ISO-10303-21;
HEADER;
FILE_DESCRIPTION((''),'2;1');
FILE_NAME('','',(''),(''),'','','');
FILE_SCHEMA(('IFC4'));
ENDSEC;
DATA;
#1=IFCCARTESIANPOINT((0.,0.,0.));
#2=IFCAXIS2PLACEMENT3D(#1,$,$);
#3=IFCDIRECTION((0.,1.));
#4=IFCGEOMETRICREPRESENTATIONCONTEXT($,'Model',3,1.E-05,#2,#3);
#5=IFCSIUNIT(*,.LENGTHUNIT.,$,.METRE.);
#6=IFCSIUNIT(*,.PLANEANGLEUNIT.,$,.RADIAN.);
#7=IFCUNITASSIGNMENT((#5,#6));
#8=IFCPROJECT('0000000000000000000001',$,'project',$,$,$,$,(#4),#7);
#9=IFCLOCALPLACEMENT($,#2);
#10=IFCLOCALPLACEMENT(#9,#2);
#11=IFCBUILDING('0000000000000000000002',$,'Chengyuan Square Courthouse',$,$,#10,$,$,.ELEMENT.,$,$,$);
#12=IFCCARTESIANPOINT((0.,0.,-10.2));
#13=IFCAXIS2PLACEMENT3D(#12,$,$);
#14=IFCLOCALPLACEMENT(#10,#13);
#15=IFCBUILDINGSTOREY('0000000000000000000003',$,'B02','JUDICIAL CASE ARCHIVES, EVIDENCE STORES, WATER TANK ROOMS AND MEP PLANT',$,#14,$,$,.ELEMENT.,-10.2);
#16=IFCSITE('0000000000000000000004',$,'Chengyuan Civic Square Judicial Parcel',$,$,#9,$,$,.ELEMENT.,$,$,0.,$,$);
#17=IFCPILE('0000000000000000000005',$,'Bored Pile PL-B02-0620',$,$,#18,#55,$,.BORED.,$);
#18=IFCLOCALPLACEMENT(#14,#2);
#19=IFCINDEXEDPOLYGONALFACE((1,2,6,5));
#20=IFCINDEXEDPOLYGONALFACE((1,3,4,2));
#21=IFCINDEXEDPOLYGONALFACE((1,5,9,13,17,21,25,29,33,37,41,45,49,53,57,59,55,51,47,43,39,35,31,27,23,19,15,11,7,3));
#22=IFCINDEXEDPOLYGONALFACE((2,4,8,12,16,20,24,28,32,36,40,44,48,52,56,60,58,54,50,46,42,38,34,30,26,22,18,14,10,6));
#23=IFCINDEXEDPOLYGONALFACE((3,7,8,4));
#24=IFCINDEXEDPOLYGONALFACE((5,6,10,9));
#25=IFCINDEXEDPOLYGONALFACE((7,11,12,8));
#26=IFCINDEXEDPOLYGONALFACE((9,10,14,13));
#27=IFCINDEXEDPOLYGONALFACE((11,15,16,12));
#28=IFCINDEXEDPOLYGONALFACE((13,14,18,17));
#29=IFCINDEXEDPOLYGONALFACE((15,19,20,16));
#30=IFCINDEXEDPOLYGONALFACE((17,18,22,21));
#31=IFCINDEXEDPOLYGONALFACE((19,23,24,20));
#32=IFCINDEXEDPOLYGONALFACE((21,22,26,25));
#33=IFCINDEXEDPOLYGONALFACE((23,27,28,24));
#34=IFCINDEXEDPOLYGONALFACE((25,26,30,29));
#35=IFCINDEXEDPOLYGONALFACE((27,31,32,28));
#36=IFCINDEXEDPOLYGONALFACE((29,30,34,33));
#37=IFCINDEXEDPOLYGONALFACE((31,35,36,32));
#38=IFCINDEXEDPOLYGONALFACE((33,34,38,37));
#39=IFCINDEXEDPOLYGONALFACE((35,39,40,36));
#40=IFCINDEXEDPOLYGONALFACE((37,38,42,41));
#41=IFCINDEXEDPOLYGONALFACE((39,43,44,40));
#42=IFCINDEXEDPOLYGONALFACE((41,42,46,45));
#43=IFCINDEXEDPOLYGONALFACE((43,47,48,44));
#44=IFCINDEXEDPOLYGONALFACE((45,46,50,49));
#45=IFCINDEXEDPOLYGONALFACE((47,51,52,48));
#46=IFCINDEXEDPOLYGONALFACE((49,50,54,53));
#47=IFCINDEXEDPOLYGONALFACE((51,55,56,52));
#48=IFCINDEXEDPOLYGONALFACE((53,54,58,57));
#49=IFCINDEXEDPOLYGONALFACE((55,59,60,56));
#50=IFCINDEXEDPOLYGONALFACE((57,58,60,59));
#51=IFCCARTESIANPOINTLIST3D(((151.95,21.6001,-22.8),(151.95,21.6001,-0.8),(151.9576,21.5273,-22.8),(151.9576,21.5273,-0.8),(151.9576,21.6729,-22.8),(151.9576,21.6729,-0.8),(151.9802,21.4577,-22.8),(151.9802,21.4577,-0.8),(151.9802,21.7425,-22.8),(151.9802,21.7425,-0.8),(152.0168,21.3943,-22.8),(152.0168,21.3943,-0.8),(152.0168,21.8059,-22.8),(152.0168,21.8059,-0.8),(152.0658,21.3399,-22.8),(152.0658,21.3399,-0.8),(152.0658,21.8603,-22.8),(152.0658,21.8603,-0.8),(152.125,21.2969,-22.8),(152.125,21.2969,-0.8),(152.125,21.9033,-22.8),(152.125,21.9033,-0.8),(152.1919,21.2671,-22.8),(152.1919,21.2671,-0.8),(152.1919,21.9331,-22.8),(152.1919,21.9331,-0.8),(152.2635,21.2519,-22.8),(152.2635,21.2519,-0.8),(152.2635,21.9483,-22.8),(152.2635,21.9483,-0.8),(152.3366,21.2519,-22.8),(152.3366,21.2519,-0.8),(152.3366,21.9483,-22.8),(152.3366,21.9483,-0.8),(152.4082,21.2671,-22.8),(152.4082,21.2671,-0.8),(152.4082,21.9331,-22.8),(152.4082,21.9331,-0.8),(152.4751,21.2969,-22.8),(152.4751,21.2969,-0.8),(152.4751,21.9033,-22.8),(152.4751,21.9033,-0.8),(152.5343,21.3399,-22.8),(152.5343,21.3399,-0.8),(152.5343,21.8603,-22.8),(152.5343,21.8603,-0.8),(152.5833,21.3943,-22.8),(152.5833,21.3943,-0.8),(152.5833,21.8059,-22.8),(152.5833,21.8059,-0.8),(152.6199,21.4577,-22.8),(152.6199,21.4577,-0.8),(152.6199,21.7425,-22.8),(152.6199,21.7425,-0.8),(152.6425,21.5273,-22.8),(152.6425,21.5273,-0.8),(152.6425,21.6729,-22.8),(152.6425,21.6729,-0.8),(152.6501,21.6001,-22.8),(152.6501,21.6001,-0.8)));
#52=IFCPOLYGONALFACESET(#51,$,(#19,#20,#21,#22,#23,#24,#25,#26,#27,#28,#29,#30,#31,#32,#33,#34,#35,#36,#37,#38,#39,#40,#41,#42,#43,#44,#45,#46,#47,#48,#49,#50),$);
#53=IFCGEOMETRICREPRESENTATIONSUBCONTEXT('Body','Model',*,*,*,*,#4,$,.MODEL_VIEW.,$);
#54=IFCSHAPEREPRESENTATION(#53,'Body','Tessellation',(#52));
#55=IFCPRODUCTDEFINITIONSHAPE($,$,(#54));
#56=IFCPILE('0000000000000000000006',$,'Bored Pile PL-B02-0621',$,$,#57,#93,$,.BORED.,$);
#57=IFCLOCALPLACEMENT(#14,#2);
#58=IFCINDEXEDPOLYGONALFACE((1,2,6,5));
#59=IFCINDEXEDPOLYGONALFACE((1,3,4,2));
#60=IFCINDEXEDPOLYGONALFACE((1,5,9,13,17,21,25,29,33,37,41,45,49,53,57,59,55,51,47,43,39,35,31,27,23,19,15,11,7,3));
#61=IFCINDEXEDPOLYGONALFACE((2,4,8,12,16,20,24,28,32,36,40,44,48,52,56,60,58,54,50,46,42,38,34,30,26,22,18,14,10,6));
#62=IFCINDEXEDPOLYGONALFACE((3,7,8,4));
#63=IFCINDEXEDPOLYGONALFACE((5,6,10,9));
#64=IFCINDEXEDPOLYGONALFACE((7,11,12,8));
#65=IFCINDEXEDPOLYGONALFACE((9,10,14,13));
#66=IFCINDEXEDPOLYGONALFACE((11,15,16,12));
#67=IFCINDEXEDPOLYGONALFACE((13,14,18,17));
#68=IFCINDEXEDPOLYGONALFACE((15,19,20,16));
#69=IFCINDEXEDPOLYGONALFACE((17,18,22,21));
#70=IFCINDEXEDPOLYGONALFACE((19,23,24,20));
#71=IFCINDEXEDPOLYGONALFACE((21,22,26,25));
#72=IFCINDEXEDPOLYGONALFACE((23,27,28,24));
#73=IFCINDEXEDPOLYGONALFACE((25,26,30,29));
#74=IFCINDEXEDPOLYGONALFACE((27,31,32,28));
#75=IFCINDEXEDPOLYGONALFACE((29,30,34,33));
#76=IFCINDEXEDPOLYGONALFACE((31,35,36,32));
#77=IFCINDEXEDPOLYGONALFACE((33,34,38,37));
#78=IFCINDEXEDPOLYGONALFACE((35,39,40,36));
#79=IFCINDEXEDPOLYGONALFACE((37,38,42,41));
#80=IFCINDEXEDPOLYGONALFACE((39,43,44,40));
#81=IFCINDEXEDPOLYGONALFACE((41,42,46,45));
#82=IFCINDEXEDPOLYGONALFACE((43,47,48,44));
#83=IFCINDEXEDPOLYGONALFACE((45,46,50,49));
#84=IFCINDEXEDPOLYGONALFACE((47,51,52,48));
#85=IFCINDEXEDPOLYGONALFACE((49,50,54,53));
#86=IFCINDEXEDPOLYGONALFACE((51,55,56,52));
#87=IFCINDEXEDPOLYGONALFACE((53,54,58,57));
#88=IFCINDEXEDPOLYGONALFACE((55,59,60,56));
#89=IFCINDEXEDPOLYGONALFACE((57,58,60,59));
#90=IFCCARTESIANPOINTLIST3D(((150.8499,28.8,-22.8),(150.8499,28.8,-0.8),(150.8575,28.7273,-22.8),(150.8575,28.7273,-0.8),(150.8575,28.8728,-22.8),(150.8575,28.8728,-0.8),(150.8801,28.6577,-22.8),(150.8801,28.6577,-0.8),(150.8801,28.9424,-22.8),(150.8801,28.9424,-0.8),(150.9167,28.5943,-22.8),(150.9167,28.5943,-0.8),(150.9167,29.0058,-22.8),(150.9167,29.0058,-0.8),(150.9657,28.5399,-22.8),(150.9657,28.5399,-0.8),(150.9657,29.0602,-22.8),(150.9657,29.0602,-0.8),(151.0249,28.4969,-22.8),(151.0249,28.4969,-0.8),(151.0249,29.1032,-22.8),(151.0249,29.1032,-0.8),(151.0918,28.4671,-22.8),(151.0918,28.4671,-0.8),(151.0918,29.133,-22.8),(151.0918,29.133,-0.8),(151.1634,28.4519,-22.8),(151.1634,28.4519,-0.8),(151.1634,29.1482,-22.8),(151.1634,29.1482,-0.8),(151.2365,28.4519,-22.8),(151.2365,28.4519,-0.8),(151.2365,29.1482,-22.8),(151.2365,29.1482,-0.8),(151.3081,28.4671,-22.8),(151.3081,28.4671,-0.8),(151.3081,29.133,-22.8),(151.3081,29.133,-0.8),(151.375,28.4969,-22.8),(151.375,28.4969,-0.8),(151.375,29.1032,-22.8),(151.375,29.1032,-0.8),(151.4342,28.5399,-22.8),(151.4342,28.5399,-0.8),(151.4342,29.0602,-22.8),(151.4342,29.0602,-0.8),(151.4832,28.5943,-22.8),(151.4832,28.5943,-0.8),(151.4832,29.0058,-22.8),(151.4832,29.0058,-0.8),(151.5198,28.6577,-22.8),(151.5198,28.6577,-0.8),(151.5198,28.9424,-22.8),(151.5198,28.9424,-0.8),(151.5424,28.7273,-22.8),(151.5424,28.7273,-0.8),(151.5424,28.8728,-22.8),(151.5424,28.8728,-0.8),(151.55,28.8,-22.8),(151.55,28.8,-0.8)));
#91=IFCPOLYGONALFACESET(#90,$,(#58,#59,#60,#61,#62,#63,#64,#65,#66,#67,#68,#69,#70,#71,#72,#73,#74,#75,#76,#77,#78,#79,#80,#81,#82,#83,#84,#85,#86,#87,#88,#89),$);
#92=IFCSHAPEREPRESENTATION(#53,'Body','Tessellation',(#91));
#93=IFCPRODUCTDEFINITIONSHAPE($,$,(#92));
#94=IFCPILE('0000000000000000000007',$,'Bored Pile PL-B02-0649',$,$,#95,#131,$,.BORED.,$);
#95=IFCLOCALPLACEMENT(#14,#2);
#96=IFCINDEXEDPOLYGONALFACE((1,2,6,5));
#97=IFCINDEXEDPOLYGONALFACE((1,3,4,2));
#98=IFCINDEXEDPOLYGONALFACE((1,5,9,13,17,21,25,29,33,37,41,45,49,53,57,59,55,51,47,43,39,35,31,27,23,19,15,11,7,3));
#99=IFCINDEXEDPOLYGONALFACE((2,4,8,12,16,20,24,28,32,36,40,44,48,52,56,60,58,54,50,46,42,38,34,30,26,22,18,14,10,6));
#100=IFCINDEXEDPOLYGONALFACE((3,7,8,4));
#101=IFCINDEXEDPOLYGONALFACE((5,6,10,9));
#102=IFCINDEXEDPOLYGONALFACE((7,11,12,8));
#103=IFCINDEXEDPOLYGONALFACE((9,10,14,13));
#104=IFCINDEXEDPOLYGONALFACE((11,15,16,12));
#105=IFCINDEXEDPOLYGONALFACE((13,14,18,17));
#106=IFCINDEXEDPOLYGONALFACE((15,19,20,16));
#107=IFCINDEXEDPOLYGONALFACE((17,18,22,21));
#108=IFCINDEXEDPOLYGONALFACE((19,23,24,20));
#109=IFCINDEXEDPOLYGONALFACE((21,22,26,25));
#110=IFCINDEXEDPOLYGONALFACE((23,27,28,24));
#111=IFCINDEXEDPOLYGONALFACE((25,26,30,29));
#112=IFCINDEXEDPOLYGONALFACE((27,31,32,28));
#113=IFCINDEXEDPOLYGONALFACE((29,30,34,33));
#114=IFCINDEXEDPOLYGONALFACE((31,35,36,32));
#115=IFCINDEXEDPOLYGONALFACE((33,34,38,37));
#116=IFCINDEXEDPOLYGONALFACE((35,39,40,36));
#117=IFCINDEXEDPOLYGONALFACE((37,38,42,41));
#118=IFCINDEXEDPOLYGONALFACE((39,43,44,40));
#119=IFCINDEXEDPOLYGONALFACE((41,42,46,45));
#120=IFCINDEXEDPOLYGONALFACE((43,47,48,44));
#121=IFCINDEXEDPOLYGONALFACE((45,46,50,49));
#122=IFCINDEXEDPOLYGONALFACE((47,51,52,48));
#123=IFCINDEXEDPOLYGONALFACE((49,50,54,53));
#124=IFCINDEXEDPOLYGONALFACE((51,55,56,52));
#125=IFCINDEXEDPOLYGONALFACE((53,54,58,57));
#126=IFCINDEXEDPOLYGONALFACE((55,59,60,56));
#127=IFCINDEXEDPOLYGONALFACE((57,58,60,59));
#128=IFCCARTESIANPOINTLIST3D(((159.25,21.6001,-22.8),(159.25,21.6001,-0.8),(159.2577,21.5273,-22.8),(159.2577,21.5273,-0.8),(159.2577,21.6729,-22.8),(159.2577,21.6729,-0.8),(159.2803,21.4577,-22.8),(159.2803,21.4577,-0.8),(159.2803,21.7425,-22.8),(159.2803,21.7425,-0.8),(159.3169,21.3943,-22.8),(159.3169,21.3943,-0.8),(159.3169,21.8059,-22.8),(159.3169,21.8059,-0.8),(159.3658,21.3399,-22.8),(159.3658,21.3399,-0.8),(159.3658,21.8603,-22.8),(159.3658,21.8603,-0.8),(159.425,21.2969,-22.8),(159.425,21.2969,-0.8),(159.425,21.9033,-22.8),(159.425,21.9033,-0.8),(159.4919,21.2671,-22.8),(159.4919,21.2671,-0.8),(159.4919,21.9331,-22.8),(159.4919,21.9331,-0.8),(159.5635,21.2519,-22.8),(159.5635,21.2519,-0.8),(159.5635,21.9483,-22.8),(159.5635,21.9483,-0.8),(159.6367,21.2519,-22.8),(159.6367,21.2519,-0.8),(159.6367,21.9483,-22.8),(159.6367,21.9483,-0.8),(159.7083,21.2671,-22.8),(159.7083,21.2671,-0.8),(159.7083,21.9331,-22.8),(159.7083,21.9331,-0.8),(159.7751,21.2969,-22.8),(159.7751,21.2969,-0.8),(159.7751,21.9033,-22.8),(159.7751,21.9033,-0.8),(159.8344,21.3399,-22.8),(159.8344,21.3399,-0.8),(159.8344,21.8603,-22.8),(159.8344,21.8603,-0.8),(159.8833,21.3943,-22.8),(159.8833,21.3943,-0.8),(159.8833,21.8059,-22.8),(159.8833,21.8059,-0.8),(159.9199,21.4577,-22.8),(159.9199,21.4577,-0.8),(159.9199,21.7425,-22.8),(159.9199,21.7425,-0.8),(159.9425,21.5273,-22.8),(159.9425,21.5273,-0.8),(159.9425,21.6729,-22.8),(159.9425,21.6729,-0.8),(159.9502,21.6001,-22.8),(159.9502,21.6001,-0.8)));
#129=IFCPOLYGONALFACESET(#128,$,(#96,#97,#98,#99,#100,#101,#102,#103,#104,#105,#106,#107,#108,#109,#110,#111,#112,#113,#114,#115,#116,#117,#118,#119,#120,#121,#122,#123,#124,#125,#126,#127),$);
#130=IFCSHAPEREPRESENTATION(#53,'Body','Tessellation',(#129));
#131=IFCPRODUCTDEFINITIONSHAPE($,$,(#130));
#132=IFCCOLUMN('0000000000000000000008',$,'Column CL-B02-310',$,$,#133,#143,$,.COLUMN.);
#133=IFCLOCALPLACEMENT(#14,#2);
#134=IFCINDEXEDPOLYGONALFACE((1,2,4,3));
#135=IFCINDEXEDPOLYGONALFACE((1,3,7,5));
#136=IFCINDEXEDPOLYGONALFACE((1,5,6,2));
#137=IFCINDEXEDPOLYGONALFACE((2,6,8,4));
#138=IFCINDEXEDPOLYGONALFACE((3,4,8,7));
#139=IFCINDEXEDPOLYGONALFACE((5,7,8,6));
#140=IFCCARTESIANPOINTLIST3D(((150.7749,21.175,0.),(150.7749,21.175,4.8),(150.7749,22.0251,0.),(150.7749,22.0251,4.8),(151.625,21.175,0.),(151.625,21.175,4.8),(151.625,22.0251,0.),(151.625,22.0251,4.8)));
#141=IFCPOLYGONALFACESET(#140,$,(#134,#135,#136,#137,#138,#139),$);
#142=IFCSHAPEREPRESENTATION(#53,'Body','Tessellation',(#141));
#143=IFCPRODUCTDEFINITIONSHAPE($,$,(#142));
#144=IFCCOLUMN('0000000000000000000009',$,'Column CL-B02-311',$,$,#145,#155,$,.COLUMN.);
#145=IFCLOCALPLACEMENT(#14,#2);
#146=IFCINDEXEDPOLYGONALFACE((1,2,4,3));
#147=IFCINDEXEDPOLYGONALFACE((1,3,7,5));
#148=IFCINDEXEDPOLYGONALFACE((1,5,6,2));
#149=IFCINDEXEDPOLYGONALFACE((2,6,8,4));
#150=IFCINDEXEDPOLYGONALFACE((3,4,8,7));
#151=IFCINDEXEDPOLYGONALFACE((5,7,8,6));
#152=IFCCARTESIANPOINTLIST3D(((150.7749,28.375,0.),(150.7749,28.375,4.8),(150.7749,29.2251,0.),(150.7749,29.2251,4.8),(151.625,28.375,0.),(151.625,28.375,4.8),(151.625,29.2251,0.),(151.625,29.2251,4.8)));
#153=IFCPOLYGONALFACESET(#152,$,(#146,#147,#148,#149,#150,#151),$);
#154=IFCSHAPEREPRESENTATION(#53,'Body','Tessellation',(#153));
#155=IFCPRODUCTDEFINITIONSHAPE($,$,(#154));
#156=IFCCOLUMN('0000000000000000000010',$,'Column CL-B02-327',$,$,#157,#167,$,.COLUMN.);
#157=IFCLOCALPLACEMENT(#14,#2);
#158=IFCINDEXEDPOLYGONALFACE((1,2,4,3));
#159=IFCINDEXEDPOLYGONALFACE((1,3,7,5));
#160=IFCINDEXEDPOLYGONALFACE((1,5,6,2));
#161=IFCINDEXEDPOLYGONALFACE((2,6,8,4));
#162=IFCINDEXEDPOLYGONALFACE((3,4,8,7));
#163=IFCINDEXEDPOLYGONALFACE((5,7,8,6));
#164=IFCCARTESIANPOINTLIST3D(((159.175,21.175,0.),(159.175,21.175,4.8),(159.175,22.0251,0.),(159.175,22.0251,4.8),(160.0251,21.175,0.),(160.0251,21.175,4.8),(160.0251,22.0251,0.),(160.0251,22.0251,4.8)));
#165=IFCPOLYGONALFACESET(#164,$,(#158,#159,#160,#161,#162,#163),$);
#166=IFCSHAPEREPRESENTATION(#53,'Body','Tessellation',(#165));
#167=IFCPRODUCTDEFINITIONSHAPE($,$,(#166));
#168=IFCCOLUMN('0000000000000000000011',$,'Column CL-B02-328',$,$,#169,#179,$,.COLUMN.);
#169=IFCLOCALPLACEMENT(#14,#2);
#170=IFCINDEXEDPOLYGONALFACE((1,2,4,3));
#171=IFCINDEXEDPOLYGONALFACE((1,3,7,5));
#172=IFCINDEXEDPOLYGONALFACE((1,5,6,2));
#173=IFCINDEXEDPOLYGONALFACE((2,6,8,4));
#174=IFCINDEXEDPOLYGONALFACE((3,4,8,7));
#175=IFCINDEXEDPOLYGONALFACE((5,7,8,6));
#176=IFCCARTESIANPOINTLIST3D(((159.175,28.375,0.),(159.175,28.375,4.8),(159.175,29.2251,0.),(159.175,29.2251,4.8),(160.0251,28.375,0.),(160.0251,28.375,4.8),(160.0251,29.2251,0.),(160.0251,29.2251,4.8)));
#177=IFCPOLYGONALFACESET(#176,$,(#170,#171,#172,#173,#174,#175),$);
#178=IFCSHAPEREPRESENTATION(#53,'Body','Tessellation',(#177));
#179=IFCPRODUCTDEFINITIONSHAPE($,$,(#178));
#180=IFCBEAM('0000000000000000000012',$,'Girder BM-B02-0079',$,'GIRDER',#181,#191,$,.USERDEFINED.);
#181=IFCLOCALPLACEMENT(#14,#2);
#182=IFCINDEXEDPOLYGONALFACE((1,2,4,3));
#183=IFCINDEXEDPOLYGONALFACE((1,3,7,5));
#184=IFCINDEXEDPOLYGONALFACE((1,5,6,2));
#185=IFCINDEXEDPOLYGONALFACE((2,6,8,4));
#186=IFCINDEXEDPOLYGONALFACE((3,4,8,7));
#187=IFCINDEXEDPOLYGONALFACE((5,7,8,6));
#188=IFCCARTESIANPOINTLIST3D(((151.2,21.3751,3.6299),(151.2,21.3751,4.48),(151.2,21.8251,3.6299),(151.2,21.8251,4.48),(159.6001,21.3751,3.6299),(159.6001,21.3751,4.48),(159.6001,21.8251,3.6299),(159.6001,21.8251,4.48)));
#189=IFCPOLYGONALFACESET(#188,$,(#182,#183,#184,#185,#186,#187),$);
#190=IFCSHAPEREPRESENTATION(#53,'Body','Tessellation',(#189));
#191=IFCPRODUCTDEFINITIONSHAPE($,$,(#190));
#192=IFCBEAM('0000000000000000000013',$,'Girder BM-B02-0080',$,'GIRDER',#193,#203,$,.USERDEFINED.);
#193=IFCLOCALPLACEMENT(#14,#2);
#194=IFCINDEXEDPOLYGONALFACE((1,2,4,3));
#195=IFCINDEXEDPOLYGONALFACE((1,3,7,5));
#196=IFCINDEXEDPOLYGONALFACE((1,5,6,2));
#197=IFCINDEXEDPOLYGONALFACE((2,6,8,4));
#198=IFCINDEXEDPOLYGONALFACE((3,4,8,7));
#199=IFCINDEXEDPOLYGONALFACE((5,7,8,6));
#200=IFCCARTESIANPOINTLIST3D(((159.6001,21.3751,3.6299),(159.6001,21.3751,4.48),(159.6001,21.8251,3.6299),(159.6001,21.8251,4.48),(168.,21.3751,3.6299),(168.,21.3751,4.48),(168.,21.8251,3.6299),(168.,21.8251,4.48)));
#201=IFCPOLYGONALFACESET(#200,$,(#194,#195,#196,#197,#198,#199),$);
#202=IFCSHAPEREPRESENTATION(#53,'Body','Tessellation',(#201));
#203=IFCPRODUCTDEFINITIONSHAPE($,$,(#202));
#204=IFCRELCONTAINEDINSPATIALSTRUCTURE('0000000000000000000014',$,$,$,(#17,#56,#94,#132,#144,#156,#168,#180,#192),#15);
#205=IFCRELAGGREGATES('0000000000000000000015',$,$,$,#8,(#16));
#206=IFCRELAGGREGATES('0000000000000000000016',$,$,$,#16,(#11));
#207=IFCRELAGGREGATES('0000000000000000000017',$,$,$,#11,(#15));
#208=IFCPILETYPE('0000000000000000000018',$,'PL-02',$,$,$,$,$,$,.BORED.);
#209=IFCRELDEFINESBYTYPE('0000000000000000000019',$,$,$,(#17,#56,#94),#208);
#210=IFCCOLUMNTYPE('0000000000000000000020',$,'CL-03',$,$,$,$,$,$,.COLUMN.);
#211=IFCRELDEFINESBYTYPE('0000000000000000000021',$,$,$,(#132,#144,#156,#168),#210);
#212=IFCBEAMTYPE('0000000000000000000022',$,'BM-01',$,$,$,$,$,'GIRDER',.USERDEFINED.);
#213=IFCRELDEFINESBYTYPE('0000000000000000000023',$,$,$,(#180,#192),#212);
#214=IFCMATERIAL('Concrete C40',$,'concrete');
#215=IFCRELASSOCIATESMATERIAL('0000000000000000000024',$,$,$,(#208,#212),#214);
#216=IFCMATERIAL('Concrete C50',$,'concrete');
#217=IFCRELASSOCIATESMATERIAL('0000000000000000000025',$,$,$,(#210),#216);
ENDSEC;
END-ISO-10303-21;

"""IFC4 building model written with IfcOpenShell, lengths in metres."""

from ifc_helpers import new_model, si_unit, direction, frame, origin, origin_2d, place, context, subcontext, project, spatial, rectangle, circle, extrude, material, material_profile, profile_set, type_object, element, save


model = new_model("IFC4")

# Units and contexts
model_context = context("Model", 3, precision=1e-05, world=origin(), true_north=direction((0.0, 1.0)))
body_context = subcontext(model_context, "Body", "Model", "MODEL_VIEW")
ifc_project = project(units=[si_unit("LENGTHUNIT", "METRE"), si_unit("PLANEANGLEUNIT", "RADIAN")], contexts=[model_context])

# Site, building, storey
site_placement = place(None, origin())
site = spatial("IfcSite", under=ifc_project, at=site_placement, Name="Chengyuan Civic Square Judicial Parcel", CompositionType="ELEMENT", RefElevation=0.0)
building_placement = place(site_placement, origin())
building = spatial("IfcBuilding", under=site, at=building_placement, Name="Chengyuan Square Courthouse", CompositionType="ELEMENT")
storey_placement = place(building_placement, frame((0.0, 0.0, -10.2)))
storey = spatial("IfcBuildingStorey", under=building, at=storey_placement, Name="B02", Description="JUDICIAL CASE ARCHIVES, EVIDENCE STORES, WATER TANK ROOMS AND MEP PLANT", CompositionType="ELEMENT", Elevation=-10.2)

# Shared definitions
ifc_material_1 = material(Name="Concrete C40", Category="concrete")

# Piles
ifc_material_profile_1 = material_profile(ifc_material_1, circle(Radius=0.3501, at=origin_2d()), Name="BORED PILE D700")
ifc_profile_set_1 = profile_set([ifc_material_profile_1], Name="Concrete C40")
pile_type_1 = type_object("IfcPileType", Name="PL-02", PredefinedType="BORED", material=ifc_profile_set_1)
for number, where, z_axis, x_axis, name in (
    (1, (152.3, 21.6001, -0.8), (0.0, 0.0, -1.0), (1.0, 0.0, 0.0), "Bored Pile PL-B02-0620"),
    (2, (151.2, 28.8, -0.8), (0.0, 0.0, -1.0), (1.0, 0.0, 0.0), "Bored Pile PL-B02-0621"),
    (3, (159.6001, 21.6001, -0.8), (0.0, 0.0, -1.0), (1.0, 0.0, 0.0), "Bored Pile PL-B02-0649"),
):
    element("IfcPile", number, at=place(storey_placement, frame(where, z_axis=z_axis, x_axis=x_axis)), inside=storey, type_object=pile_type_1, Name=name, PredefinedType="BORED", context=body_context, shape_type="SweptSolid", body=[
        extrude(circle(Radius=0.3501, at=origin_2d()), origin(), (0.0, 0.0, 1.0), 22.0),
    ])

# Columns
ifc_material_2 = material(Name="Concrete C50", Category="concrete")
ifc_material_profile_2 = material_profile(ifc_material_2, rectangle(XDim=0.8501, YDim=0.8501, at=origin_2d()), Name="RC-COL-850x850")
ifc_profile_set_2 = profile_set([ifc_material_profile_2], Name="Concrete C50")
column_type = type_object("IfcColumnType", Name="CL-03", PredefinedType="COLUMN", material=ifc_profile_set_2)
for number, where, z_axis, x_axis, name in (
    (4, (151.2, 21.6001, 0.0), (0.0, 0.0, 1.0), (1.0, 0.0, 0.0), "Column CL-B02-310"),
    (5, (151.2, 28.8, 0.0), (0.0, 0.0, 1.0), (1.0, 0.0, 0.0), "Column CL-B02-311"),
    (6, (159.6001, 21.6001, 0.0), (0.0, 0.0, 1.0), (1.0, 0.0, 0.0), "Column CL-B02-327"),
    (7, (159.6001, 28.8, 0.0), (0.0, 0.0, 1.0), (1.0, 0.0, 0.0), "Column CL-B02-328"),
):
    element("IfcColumn", number, at=place(storey_placement, frame(where, z_axis=z_axis, x_axis=x_axis)), inside=storey, type_object=column_type, Name=name, PredefinedType="COLUMN", context=body_context, shape_type="SweptSolid", body=[
        extrude(rectangle(XDim=0.8501, YDim=0.8501, at=origin_2d()), origin(), (0.0, 0.0, 1.0), 4.8),
    ])

# Beams
ifc_material_profile_3 = material_profile(ifc_material_1, rectangle(XDim=0.45, YDim=0.8501, at=origin_2d()), Name="RC-BM-450x850")
ifc_profile_set_3 = profile_set([ifc_material_profile_3], Name="Concrete C40")
beam_type_1 = type_object("IfcBeamType", Name="BM-01", ElementType="GIRDER", PredefinedType="USERDEFINED", material=ifc_profile_set_3)
beam_1_placement = place(storey_placement, frame((151.2, 21.6001, 4.0549), z_axis=(1.0, 0.0, 0.0), x_axis=(0.0, 1.0, 0.0)))
element("IfcBeam", 8, at=beam_1_placement, inside=storey, type_object=beam_type_1, Name="Girder BM-B02-0079", ObjectType="GIRDER", PredefinedType="USERDEFINED", context=body_context, shape_type="SweptSolid", body=[
    extrude(rectangle(XDim=0.45, YDim=0.8501, at=origin_2d()), origin(), (0.0, 0.0, 1.0), 8.4001),
])
beam_2_placement = place(storey_placement, frame((159.6001, 21.6001, 4.0549), z_axis=(1.0, 0.0, 0.0), x_axis=(0.0, 1.0, 0.0)))
element("IfcBeam", 9, at=beam_2_placement, inside=storey, type_object=beam_type_1, Name="Girder BM-B02-0080", ObjectType="GIRDER", PredefinedType="USERDEFINED", context=body_context, shape_type="SweptSolid", body=[
    extrude(rectangle(XDim=0.45, YDim=0.8501, at=origin_2d()), origin(), (0.0, 0.0, 1.0), 8.3999),
])

save(model, "model.ifc")
